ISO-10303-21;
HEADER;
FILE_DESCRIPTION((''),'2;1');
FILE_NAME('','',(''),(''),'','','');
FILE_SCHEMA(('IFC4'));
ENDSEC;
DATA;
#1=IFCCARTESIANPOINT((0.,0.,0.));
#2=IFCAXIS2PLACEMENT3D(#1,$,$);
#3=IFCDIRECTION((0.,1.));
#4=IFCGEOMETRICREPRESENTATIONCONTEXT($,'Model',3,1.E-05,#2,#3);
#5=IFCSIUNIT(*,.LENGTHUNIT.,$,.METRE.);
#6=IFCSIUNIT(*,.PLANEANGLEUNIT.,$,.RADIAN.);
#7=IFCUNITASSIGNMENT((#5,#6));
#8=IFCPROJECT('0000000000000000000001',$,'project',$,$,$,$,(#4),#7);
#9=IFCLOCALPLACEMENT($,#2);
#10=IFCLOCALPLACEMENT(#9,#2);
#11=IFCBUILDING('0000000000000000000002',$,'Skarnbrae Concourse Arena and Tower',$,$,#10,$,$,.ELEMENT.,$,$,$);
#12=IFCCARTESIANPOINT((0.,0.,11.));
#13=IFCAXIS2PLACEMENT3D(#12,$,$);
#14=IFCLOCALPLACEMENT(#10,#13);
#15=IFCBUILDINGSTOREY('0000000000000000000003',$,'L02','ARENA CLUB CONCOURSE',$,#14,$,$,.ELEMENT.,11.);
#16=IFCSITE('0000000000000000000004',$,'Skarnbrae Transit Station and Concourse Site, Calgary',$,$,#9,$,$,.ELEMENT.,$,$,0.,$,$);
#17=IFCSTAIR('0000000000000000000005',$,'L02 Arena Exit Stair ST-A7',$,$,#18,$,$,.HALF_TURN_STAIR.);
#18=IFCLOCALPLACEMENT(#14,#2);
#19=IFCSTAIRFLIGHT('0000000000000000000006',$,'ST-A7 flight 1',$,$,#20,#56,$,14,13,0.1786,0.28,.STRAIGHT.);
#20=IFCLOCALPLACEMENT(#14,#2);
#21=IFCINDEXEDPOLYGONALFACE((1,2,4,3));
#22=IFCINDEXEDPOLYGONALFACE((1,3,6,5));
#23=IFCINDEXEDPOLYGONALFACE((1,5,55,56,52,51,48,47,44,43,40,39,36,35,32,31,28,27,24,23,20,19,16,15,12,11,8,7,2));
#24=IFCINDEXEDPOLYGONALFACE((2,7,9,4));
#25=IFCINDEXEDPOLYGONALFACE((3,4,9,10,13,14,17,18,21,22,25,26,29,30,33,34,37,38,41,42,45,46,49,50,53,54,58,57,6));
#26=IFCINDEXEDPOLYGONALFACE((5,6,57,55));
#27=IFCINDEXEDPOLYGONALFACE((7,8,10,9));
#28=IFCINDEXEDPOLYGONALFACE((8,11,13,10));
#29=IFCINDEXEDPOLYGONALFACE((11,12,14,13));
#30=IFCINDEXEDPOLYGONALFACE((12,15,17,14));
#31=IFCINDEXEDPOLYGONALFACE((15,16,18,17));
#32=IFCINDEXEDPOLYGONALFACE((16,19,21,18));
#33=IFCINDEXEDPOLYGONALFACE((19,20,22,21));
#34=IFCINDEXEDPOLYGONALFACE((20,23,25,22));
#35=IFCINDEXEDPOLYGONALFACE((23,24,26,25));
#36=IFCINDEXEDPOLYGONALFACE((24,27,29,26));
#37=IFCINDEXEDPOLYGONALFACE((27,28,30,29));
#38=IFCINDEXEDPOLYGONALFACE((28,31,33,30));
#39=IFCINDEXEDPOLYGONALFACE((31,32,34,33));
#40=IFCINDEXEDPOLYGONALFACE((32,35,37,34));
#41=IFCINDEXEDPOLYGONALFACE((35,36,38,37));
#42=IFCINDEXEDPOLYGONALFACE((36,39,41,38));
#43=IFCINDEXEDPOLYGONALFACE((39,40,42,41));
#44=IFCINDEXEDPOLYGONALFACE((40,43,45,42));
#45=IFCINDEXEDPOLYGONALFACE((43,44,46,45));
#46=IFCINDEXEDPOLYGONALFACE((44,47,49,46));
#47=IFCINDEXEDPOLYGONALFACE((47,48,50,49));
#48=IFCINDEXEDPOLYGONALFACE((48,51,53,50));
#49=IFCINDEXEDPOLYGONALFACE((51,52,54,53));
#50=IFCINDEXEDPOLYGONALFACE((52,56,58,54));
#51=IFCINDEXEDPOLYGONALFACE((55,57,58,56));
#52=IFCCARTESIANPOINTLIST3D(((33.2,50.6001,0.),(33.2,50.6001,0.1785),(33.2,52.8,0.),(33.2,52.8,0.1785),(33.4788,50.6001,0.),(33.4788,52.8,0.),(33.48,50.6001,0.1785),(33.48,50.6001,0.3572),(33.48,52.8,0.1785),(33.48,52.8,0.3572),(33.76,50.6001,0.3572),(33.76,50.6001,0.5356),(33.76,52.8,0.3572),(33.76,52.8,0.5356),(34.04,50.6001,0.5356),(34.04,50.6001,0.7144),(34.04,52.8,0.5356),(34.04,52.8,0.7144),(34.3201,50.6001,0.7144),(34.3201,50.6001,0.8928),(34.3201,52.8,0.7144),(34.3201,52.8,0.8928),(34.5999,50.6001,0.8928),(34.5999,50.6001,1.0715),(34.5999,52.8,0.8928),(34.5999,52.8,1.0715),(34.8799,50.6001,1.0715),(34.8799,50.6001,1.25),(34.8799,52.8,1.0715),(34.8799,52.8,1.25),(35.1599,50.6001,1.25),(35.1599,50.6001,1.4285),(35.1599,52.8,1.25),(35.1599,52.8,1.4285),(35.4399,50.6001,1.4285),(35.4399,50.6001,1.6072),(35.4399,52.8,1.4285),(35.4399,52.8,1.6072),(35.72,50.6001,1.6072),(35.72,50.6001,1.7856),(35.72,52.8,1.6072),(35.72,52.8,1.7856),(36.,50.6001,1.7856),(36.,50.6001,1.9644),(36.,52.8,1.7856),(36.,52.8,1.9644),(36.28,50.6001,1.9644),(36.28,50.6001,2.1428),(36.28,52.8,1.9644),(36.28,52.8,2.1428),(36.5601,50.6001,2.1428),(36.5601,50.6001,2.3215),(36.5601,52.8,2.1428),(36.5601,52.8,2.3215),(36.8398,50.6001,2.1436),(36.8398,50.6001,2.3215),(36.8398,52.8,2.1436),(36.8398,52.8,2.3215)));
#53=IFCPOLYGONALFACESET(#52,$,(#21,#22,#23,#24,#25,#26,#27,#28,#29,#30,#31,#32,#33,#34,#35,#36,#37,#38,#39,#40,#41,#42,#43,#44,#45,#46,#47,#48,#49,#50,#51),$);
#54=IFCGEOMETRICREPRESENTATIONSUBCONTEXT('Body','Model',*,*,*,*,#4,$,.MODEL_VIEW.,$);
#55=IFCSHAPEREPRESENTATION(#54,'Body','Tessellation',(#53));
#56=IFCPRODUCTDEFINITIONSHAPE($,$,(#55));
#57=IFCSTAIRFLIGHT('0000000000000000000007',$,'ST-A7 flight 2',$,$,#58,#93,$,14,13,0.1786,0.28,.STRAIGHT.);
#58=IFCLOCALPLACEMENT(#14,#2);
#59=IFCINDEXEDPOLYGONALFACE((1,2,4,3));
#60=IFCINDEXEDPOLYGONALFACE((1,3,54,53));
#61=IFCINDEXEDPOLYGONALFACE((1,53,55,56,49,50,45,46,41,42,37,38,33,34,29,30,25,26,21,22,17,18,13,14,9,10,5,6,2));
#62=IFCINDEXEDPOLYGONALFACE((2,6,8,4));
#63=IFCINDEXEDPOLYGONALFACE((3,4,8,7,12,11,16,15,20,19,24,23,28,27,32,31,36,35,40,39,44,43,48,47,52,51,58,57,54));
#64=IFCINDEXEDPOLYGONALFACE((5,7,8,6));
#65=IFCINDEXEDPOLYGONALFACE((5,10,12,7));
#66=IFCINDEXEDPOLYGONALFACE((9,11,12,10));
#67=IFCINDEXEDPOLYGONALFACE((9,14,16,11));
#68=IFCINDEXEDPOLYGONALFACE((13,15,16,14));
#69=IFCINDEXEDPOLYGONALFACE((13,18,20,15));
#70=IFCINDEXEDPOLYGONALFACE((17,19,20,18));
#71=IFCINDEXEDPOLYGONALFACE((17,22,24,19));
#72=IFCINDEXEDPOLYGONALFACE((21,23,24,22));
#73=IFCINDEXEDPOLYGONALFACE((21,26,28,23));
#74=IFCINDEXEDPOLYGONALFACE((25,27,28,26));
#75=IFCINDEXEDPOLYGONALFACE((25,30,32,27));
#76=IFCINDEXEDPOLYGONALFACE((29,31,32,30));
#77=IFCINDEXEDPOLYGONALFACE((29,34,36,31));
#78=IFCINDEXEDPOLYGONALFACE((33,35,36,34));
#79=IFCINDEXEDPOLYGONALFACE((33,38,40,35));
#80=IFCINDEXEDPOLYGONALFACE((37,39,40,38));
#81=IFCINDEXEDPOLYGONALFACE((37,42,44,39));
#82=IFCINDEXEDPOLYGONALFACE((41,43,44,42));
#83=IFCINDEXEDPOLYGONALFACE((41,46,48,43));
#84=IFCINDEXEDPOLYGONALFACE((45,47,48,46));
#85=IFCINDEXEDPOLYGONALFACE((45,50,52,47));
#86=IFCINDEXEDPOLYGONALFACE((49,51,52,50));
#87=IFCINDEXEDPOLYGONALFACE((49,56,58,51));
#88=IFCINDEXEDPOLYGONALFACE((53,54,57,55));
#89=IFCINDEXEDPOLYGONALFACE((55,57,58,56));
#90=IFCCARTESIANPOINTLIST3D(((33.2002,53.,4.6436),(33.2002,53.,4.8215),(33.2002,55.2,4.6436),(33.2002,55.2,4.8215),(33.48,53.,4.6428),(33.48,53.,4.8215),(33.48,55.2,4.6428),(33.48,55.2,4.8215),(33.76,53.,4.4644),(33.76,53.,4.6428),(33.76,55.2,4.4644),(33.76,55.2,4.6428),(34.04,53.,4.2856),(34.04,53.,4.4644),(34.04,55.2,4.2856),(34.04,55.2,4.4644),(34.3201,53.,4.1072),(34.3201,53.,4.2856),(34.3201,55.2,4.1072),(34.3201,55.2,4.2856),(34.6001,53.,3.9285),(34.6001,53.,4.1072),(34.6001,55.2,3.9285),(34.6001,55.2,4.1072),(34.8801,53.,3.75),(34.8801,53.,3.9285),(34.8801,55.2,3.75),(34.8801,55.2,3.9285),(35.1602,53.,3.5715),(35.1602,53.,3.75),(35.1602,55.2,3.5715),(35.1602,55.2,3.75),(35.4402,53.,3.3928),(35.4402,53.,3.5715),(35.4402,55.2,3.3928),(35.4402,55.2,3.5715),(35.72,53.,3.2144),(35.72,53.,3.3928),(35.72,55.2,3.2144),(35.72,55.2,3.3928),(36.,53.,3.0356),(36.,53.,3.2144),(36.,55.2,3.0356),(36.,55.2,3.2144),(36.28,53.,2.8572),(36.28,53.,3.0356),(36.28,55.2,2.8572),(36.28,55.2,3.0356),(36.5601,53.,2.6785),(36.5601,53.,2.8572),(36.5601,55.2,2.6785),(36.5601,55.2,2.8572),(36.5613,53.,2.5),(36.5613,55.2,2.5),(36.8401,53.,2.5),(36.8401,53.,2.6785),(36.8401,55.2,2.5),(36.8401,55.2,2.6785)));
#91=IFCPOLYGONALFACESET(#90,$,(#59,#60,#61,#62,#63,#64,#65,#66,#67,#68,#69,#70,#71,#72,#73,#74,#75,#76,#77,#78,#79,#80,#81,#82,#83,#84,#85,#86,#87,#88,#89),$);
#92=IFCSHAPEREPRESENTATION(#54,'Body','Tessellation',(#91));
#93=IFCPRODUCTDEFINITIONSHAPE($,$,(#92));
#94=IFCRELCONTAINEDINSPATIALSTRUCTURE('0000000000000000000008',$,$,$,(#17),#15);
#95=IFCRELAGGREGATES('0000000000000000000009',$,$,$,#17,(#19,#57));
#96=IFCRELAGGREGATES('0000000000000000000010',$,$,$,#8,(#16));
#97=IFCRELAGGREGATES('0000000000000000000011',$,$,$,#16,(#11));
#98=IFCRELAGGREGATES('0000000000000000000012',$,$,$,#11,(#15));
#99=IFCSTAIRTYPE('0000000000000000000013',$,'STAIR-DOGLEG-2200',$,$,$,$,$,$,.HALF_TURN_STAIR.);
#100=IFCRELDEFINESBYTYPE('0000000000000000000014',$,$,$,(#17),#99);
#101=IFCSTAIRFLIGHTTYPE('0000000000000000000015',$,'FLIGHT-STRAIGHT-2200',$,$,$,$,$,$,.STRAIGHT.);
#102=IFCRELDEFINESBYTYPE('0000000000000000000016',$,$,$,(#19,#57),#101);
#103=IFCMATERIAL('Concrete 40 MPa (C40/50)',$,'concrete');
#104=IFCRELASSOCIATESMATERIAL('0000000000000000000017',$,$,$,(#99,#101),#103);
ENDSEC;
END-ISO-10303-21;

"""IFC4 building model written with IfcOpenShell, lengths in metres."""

from ifc_helpers import new_model, si_unit, direction, frame, origin, place, context, subcontext, project, spatial, polyline, outline, extrude, source, transform, mapped, material, type_object, element, aggregate, save


model = new_model("IFC4")

# Units and contexts
model_context = context("Model", 3, precision=1e-05, world=origin(), true_north=direction((0.0, 1.0)))
body_context = subcontext(model_context, "Body", "Model", "MODEL_VIEW")
ifc_project = project(units=[si_unit("LENGTHUNIT", "METRE"), si_unit("PLANEANGLEUNIT", "RADIAN")], contexts=[model_context])

# Site, building, storey
site_placement = place(None, origin())
site = spatial("IfcSite", under=ifc_project, at=site_placement, Name="Skarnbrae Transit Station and Concourse Site, Calgary", CompositionType="ELEMENT", RefElevation=0.0)
building_placement = place(site_placement, origin())
building = spatial("IfcBuilding", under=site, at=building_placement, Name="Skarnbrae Concourse Arena and Tower", CompositionType="ELEMENT")
storey_placement = place(building_placement, frame((0.0, 0.0, 11.0)))
storey = spatial("IfcBuildingStorey", under=building, at=storey_placement, Name="L02", Description="ARENA CLUB CONCOURSE", CompositionType="ELEMENT", Elevation=11.0)

# Stair, stair flights
ifc_material_1 = material(Name="Concrete 40 MPa (C40/50)", Category="concrete")
stair_type = type_object("IfcStairType", Name="STAIR-DOGLEG-2200", PredefinedType="HALF_TURN_STAIR", material=ifc_material_1)
stair_placement = place(storey_placement, origin())
stair = element("IfcStair", 1, at=stair_placement, inside=storey, type_object=stair_type, Name="L02 Arena Exit Stair ST-A7", PredefinedType="HALF_TURN_STAIR")
stair_flight_type = type_object("IfcStairFlightType", Name="FLIGHT-STRAIGHT-2200", PredefinedType="STRAIGHT", material=ifc_material_1)
shared_shape_1 = source(origin(), body_context, "Body", "SweptSolid", [
    extrude(outline(polyline([(0.0, 0.0), (0.0, 0.1785), (0.28, 0.1785), (0.28, 0.3572), (0.5601, 0.3572), (0.5601, 0.5356), (0.8401, 0.5356), (0.8401, 0.7144), (1.1201, 0.7144), (1.1201, 0.8928), (1.3999, 0.8928), (1.3999, 1.0715), (1.6799, 1.0715), (1.6799, 1.25), (1.96, 1.25), (1.96, 1.4285), (2.24, 1.4285), (2.24, 1.6072), (2.52, 1.6072), (2.52, 1.7856), (2.8, 1.7856), (2.8, 1.9644), (3.0801, 1.9644), (3.0801, 2.1428), (3.3601, 2.1428), (3.3601, 2.3215), (3.6399, 2.3215), (3.6399, 2.5), (3.6399, 2.1436), (0.2788, 0.0), (0.0, 0.0)])), frame((0.0, 1.1001, 0.0), z_axis=(0.0, -1.0, 0.0), x_axis=(1.0, 0.0, 0.0)), (0.0, 0.0, 1.0), 2.2),
])
stair_flight_1_placement = place(storey_placement, frame((33.2, 51.7, 0.0), z_axis=(0.0, 0.0, 1.0), x_axis=(1.0, 0.0, 0.0)))
stair_flight_1 = element("IfcStairFlight", 2, at=stair_flight_1_placement, type_object=stair_flight_type, Name="ST-A7 flight 1", NumberOfRisers=14, NumberOfTreads=13, PredefinedType="STRAIGHT", RiserHeight=0.1786, TreadLength=0.28, context=body_context, shape_type="MappedRepresentation", body=[
    mapped(shared_shape_1, transform((0.0, 0.0, 0.0))),
])
stair_flight_2_placement = place(storey_placement, frame((36.8401, 54.1001, 2.5), z_axis=(0.0, 0.0, 1.0), x_axis=(-1.0, 0.0, 0.0)))
stair_flight_2 = element("IfcStairFlight", 3, at=stair_flight_2_placement, type_object=stair_flight_type, Name="ST-A7 flight 2", NumberOfRisers=14, NumberOfTreads=13, PredefinedType="STRAIGHT", RiserHeight=0.1786, TreadLength=0.28, context=body_context, shape_type="MappedRepresentation", body=[
    mapped(shared_shape_1, transform((0.0, 0.0, 0.0))),
])
aggregate(stair, [stair_flight_1, stair_flight_2])

save(model, "model.ifc")
